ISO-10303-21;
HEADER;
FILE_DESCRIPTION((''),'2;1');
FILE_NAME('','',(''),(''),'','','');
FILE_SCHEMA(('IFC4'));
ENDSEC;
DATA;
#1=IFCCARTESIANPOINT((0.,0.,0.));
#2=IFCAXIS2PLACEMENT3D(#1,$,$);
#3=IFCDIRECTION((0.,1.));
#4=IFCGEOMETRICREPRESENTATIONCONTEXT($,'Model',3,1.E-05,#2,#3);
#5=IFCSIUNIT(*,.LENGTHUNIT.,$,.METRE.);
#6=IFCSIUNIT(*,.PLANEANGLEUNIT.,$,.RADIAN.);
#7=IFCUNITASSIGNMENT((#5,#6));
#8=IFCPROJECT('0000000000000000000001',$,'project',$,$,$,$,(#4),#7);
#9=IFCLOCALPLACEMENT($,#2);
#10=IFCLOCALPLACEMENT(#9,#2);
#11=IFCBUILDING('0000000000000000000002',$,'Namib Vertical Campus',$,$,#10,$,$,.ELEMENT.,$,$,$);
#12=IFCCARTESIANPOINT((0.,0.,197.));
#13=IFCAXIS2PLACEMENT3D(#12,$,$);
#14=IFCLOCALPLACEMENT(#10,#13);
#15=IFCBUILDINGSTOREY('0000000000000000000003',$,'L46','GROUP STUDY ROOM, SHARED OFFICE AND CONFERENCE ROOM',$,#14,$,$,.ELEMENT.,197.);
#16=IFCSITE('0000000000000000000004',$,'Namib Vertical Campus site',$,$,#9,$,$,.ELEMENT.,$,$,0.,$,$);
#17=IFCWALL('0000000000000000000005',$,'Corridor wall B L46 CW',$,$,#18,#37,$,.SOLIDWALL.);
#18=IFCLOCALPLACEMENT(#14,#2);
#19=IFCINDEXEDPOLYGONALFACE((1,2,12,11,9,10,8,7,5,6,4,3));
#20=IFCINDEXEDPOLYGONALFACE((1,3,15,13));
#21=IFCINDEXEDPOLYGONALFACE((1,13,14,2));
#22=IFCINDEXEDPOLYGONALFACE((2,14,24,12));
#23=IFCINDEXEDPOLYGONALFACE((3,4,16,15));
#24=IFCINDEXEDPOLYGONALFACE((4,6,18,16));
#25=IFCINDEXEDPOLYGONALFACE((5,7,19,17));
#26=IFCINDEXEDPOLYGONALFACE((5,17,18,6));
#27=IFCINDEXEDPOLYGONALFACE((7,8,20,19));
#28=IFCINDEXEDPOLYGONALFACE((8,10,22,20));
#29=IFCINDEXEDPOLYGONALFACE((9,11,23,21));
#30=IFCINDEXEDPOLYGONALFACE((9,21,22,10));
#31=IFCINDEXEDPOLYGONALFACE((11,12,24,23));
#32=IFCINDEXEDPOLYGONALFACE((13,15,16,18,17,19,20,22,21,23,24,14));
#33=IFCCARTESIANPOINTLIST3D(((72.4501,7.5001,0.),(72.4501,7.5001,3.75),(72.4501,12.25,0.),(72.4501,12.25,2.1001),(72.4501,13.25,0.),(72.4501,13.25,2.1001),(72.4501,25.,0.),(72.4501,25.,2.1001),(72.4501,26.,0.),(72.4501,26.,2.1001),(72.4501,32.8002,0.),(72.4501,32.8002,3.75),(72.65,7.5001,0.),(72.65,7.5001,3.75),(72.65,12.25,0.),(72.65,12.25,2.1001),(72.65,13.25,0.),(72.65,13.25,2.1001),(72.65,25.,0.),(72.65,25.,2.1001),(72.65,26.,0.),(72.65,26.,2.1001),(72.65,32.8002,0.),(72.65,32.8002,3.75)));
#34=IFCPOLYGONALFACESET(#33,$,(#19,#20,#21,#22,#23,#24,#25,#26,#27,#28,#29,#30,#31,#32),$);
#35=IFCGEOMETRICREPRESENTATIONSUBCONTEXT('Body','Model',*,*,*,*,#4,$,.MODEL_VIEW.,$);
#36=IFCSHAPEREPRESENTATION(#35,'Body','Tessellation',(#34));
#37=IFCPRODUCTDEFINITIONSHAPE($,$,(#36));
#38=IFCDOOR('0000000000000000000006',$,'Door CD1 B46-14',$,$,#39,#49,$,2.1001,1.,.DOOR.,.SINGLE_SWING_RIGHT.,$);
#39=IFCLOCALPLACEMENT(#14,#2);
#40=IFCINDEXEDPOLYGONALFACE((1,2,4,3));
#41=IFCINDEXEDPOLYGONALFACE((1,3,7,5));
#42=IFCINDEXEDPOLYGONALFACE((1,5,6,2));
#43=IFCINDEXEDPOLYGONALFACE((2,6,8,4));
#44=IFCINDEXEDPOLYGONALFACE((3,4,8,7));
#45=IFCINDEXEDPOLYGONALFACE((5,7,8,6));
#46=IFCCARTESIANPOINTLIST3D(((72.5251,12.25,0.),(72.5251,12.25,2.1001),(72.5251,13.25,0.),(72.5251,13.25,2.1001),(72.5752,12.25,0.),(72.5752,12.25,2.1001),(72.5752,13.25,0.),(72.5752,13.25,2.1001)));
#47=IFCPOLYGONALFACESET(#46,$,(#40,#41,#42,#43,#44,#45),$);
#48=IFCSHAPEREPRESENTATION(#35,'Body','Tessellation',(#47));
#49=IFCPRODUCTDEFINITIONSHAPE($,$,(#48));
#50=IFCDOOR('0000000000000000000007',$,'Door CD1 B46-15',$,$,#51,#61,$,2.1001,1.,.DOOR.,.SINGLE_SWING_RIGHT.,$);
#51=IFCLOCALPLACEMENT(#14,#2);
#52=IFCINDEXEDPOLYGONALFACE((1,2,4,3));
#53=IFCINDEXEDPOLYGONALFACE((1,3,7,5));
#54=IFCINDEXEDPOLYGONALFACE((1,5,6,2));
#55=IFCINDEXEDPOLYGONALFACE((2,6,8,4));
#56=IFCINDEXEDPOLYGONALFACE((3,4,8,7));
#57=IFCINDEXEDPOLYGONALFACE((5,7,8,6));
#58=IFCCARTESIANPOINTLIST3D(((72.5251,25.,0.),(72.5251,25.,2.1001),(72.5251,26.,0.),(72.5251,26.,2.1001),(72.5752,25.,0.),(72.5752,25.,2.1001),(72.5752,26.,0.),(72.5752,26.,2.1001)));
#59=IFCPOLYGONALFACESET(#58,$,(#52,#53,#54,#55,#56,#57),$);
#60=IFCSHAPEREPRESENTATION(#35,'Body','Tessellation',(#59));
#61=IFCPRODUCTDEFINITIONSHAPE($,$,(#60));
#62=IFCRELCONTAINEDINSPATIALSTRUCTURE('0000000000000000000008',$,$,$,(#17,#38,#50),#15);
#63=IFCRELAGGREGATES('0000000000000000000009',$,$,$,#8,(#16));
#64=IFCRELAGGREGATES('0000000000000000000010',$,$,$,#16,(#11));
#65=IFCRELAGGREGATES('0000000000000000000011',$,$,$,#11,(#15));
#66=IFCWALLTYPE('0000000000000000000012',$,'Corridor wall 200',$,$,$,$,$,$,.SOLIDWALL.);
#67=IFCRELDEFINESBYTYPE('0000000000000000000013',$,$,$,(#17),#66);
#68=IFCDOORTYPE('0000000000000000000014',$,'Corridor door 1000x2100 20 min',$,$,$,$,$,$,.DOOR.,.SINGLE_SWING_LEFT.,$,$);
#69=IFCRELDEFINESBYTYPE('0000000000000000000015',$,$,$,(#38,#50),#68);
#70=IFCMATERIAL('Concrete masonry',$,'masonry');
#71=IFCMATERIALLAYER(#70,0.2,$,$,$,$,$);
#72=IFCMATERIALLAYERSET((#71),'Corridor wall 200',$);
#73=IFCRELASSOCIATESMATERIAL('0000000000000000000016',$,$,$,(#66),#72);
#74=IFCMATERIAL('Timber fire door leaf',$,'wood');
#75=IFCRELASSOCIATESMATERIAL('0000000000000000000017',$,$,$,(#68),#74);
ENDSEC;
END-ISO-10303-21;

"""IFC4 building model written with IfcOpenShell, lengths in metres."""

from ifc_helpers import new_model, si_unit, direction, frame, frame_2d, origin, place, context, subcontext, project, spatial, rectangle, extrude, material, layer, layer_set, type_object, element, fill, save


model = new_model("IFC4")

# Units and contexts
model_context = context("Model", 3, precision=1e-05, world=origin(), true_north=direction((0.0, 1.0)))
body_context = subcontext(model_context, "Body", "Model", "MODEL_VIEW")
ifc_project = project(units=[si_unit("LENGTHUNIT", "METRE"), si_unit("PLANEANGLEUNIT", "RADIAN")], contexts=[model_context])

# Site, building, storey
site_placement = place(None, origin())
site = spatial("IfcSite", under=ifc_project, at=site_placement, Name="Namib Vertical Campus site", CompositionType="ELEMENT", RefElevation=0.0)
building_placement = place(site_placement, origin())
building = spatial("IfcBuilding", under=site, at=building_placement, Name="Namib Vertical Campus", CompositionType="ELEMENT")
storey_placement = place(building_placement, frame((0.0, 0.0, 197.0)))
storey = spatial("IfcBuildingStorey", under=building, at=storey_placement, Name="L46", Description="GROUP STUDY ROOM, SHARED OFFICE AND CONFERENCE ROOM", CompositionType="ELEMENT", Elevation=197.0)

# Shared definitions
ifc_material_1 = material(Name="Concrete masonry", Category="masonry")
ifc_layer_1 = layer(ifc_material_1, 0.2)
ifc_layer_set_1 = layer_set([ifc_layer_1], Name="Corridor wall 200")
wall_type_1 = type_object("IfcWallType", Name="Corridor wall 200", PredefinedType="SOLIDWALL", material=ifc_layer_set_1)
ifc_material_2 = material(Name="Timber fire door leaf", Category="wood")
door_type_1 = type_object("IfcDoorType", Name="Corridor door 1000x2100 20 min", OperationType="SINGLE_SWING_LEFT", PredefinedType="DOOR", material=ifc_material_2)

# Wall, openings, doors
wall_1_placement = place(storey_placement, frame((72.55, 32.8, 0.0), z_axis=(0.0, 0.0, 1.0), x_axis=(0.0, -1.0, 0.0)))
wall_1 = element("IfcWall", 1, at=wall_1_placement, inside=storey, type_object=wall_type_1, Name="Corridor wall B L46 CW", PredefinedType="SOLIDWALL", context=body_context, shape_type="SweptSolid", body=[
    extrude(rectangle(XDim=25.3, YDim=0.2, at=frame_2d((12.6499, 0.0))), origin(), (0.0, 0.0, 1.0), 3.75),
])
opening_1_placement = place(wall_1_placement, frame((19.55, 0.0, 0.0)))
opening_1 = element("IfcOpeningElement", 2, at=opening_1_placement, cuts=wall_1, PredefinedType="OPENING", context=body_context, shape_type="SweptSolid", body=[
    extrude(rectangle(XDim=1.0, YDim=2.1001, at=frame_2d((0.5, 1.05))), frame((0.0, 0.1099, 0.0), z_axis=(0.0, -1.0, 0.0), x_axis=(1.0, 0.0, 0.0)), (0.0, 0.0, 1.0), 0.22),
])
opening_2_placement = place(wall_1_placement, frame((6.8, 0.0, 0.0)))
opening_2 = element("IfcOpeningElement", 3, at=opening_2_placement, cuts=wall_1, PredefinedType="OPENING", context=body_context, shape_type="SweptSolid", body=[
    extrude(rectangle(XDim=1.0, YDim=2.1001, at=frame_2d((0.5, 1.05))), frame((0.0, 0.1099, 0.0), z_axis=(0.0, -1.0, 0.0), x_axis=(1.0, 0.0, 0.0)), (0.0, 0.0, 1.0), 0.22),
])
door_1_placement = place(opening_1_placement, frame((1.0, 0.0, 0.0), z_axis=(0.0, 0.0, 1.0), x_axis=(-1.0, 0.0, 0.0)))
door_1 = element("IfcDoor", 4, at=door_1_placement, inside=storey, type_object=door_type_1, Name="Door CD1 B46-14", OperationType="SINGLE_SWING_RIGHT", OverallHeight=2.1001, OverallWidth=1.0, PredefinedType="DOOR", context=body_context, shape_type="SweptSolid", body=[
    extrude(rectangle(XDim=1.0, YDim=2.1001, at=frame_2d((0.5, 1.05))), frame((0.0, 0.0249, 0.0), z_axis=(0.0, -1.0, 0.0), x_axis=(1.0, 0.0, 0.0)), (0.0, 0.0, 1.0), 0.05),
])
fill(opening_1, door_1)
door_2_placement = place(opening_2_placement, frame((1.0, 0.0, 0.0), z_axis=(0.0, 0.0, 1.0), x_axis=(-1.0, 0.0, 0.0)))
door_2 = element("IfcDoor", 5, at=door_2_placement, inside=storey, type_object=door_type_1, Name="Door CD1 B46-15", OperationType="SINGLE_SWING_RIGHT", OverallHeight=2.1001, OverallWidth=1.0, PredefinedType="DOOR", context=body_context, shape_type="SweptSolid", body=[
    extrude(rectangle(XDim=1.0, YDim=2.1001, at=frame_2d((0.5, 1.05))), frame((0.0, 0.0249, 0.0), z_axis=(0.0, -1.0, 0.0), x_axis=(1.0, 0.0, 0.0)), (0.0, 0.0, 1.0), 0.05),
])
fill(opening_2, door_2)

save(model, "model.ifc")
